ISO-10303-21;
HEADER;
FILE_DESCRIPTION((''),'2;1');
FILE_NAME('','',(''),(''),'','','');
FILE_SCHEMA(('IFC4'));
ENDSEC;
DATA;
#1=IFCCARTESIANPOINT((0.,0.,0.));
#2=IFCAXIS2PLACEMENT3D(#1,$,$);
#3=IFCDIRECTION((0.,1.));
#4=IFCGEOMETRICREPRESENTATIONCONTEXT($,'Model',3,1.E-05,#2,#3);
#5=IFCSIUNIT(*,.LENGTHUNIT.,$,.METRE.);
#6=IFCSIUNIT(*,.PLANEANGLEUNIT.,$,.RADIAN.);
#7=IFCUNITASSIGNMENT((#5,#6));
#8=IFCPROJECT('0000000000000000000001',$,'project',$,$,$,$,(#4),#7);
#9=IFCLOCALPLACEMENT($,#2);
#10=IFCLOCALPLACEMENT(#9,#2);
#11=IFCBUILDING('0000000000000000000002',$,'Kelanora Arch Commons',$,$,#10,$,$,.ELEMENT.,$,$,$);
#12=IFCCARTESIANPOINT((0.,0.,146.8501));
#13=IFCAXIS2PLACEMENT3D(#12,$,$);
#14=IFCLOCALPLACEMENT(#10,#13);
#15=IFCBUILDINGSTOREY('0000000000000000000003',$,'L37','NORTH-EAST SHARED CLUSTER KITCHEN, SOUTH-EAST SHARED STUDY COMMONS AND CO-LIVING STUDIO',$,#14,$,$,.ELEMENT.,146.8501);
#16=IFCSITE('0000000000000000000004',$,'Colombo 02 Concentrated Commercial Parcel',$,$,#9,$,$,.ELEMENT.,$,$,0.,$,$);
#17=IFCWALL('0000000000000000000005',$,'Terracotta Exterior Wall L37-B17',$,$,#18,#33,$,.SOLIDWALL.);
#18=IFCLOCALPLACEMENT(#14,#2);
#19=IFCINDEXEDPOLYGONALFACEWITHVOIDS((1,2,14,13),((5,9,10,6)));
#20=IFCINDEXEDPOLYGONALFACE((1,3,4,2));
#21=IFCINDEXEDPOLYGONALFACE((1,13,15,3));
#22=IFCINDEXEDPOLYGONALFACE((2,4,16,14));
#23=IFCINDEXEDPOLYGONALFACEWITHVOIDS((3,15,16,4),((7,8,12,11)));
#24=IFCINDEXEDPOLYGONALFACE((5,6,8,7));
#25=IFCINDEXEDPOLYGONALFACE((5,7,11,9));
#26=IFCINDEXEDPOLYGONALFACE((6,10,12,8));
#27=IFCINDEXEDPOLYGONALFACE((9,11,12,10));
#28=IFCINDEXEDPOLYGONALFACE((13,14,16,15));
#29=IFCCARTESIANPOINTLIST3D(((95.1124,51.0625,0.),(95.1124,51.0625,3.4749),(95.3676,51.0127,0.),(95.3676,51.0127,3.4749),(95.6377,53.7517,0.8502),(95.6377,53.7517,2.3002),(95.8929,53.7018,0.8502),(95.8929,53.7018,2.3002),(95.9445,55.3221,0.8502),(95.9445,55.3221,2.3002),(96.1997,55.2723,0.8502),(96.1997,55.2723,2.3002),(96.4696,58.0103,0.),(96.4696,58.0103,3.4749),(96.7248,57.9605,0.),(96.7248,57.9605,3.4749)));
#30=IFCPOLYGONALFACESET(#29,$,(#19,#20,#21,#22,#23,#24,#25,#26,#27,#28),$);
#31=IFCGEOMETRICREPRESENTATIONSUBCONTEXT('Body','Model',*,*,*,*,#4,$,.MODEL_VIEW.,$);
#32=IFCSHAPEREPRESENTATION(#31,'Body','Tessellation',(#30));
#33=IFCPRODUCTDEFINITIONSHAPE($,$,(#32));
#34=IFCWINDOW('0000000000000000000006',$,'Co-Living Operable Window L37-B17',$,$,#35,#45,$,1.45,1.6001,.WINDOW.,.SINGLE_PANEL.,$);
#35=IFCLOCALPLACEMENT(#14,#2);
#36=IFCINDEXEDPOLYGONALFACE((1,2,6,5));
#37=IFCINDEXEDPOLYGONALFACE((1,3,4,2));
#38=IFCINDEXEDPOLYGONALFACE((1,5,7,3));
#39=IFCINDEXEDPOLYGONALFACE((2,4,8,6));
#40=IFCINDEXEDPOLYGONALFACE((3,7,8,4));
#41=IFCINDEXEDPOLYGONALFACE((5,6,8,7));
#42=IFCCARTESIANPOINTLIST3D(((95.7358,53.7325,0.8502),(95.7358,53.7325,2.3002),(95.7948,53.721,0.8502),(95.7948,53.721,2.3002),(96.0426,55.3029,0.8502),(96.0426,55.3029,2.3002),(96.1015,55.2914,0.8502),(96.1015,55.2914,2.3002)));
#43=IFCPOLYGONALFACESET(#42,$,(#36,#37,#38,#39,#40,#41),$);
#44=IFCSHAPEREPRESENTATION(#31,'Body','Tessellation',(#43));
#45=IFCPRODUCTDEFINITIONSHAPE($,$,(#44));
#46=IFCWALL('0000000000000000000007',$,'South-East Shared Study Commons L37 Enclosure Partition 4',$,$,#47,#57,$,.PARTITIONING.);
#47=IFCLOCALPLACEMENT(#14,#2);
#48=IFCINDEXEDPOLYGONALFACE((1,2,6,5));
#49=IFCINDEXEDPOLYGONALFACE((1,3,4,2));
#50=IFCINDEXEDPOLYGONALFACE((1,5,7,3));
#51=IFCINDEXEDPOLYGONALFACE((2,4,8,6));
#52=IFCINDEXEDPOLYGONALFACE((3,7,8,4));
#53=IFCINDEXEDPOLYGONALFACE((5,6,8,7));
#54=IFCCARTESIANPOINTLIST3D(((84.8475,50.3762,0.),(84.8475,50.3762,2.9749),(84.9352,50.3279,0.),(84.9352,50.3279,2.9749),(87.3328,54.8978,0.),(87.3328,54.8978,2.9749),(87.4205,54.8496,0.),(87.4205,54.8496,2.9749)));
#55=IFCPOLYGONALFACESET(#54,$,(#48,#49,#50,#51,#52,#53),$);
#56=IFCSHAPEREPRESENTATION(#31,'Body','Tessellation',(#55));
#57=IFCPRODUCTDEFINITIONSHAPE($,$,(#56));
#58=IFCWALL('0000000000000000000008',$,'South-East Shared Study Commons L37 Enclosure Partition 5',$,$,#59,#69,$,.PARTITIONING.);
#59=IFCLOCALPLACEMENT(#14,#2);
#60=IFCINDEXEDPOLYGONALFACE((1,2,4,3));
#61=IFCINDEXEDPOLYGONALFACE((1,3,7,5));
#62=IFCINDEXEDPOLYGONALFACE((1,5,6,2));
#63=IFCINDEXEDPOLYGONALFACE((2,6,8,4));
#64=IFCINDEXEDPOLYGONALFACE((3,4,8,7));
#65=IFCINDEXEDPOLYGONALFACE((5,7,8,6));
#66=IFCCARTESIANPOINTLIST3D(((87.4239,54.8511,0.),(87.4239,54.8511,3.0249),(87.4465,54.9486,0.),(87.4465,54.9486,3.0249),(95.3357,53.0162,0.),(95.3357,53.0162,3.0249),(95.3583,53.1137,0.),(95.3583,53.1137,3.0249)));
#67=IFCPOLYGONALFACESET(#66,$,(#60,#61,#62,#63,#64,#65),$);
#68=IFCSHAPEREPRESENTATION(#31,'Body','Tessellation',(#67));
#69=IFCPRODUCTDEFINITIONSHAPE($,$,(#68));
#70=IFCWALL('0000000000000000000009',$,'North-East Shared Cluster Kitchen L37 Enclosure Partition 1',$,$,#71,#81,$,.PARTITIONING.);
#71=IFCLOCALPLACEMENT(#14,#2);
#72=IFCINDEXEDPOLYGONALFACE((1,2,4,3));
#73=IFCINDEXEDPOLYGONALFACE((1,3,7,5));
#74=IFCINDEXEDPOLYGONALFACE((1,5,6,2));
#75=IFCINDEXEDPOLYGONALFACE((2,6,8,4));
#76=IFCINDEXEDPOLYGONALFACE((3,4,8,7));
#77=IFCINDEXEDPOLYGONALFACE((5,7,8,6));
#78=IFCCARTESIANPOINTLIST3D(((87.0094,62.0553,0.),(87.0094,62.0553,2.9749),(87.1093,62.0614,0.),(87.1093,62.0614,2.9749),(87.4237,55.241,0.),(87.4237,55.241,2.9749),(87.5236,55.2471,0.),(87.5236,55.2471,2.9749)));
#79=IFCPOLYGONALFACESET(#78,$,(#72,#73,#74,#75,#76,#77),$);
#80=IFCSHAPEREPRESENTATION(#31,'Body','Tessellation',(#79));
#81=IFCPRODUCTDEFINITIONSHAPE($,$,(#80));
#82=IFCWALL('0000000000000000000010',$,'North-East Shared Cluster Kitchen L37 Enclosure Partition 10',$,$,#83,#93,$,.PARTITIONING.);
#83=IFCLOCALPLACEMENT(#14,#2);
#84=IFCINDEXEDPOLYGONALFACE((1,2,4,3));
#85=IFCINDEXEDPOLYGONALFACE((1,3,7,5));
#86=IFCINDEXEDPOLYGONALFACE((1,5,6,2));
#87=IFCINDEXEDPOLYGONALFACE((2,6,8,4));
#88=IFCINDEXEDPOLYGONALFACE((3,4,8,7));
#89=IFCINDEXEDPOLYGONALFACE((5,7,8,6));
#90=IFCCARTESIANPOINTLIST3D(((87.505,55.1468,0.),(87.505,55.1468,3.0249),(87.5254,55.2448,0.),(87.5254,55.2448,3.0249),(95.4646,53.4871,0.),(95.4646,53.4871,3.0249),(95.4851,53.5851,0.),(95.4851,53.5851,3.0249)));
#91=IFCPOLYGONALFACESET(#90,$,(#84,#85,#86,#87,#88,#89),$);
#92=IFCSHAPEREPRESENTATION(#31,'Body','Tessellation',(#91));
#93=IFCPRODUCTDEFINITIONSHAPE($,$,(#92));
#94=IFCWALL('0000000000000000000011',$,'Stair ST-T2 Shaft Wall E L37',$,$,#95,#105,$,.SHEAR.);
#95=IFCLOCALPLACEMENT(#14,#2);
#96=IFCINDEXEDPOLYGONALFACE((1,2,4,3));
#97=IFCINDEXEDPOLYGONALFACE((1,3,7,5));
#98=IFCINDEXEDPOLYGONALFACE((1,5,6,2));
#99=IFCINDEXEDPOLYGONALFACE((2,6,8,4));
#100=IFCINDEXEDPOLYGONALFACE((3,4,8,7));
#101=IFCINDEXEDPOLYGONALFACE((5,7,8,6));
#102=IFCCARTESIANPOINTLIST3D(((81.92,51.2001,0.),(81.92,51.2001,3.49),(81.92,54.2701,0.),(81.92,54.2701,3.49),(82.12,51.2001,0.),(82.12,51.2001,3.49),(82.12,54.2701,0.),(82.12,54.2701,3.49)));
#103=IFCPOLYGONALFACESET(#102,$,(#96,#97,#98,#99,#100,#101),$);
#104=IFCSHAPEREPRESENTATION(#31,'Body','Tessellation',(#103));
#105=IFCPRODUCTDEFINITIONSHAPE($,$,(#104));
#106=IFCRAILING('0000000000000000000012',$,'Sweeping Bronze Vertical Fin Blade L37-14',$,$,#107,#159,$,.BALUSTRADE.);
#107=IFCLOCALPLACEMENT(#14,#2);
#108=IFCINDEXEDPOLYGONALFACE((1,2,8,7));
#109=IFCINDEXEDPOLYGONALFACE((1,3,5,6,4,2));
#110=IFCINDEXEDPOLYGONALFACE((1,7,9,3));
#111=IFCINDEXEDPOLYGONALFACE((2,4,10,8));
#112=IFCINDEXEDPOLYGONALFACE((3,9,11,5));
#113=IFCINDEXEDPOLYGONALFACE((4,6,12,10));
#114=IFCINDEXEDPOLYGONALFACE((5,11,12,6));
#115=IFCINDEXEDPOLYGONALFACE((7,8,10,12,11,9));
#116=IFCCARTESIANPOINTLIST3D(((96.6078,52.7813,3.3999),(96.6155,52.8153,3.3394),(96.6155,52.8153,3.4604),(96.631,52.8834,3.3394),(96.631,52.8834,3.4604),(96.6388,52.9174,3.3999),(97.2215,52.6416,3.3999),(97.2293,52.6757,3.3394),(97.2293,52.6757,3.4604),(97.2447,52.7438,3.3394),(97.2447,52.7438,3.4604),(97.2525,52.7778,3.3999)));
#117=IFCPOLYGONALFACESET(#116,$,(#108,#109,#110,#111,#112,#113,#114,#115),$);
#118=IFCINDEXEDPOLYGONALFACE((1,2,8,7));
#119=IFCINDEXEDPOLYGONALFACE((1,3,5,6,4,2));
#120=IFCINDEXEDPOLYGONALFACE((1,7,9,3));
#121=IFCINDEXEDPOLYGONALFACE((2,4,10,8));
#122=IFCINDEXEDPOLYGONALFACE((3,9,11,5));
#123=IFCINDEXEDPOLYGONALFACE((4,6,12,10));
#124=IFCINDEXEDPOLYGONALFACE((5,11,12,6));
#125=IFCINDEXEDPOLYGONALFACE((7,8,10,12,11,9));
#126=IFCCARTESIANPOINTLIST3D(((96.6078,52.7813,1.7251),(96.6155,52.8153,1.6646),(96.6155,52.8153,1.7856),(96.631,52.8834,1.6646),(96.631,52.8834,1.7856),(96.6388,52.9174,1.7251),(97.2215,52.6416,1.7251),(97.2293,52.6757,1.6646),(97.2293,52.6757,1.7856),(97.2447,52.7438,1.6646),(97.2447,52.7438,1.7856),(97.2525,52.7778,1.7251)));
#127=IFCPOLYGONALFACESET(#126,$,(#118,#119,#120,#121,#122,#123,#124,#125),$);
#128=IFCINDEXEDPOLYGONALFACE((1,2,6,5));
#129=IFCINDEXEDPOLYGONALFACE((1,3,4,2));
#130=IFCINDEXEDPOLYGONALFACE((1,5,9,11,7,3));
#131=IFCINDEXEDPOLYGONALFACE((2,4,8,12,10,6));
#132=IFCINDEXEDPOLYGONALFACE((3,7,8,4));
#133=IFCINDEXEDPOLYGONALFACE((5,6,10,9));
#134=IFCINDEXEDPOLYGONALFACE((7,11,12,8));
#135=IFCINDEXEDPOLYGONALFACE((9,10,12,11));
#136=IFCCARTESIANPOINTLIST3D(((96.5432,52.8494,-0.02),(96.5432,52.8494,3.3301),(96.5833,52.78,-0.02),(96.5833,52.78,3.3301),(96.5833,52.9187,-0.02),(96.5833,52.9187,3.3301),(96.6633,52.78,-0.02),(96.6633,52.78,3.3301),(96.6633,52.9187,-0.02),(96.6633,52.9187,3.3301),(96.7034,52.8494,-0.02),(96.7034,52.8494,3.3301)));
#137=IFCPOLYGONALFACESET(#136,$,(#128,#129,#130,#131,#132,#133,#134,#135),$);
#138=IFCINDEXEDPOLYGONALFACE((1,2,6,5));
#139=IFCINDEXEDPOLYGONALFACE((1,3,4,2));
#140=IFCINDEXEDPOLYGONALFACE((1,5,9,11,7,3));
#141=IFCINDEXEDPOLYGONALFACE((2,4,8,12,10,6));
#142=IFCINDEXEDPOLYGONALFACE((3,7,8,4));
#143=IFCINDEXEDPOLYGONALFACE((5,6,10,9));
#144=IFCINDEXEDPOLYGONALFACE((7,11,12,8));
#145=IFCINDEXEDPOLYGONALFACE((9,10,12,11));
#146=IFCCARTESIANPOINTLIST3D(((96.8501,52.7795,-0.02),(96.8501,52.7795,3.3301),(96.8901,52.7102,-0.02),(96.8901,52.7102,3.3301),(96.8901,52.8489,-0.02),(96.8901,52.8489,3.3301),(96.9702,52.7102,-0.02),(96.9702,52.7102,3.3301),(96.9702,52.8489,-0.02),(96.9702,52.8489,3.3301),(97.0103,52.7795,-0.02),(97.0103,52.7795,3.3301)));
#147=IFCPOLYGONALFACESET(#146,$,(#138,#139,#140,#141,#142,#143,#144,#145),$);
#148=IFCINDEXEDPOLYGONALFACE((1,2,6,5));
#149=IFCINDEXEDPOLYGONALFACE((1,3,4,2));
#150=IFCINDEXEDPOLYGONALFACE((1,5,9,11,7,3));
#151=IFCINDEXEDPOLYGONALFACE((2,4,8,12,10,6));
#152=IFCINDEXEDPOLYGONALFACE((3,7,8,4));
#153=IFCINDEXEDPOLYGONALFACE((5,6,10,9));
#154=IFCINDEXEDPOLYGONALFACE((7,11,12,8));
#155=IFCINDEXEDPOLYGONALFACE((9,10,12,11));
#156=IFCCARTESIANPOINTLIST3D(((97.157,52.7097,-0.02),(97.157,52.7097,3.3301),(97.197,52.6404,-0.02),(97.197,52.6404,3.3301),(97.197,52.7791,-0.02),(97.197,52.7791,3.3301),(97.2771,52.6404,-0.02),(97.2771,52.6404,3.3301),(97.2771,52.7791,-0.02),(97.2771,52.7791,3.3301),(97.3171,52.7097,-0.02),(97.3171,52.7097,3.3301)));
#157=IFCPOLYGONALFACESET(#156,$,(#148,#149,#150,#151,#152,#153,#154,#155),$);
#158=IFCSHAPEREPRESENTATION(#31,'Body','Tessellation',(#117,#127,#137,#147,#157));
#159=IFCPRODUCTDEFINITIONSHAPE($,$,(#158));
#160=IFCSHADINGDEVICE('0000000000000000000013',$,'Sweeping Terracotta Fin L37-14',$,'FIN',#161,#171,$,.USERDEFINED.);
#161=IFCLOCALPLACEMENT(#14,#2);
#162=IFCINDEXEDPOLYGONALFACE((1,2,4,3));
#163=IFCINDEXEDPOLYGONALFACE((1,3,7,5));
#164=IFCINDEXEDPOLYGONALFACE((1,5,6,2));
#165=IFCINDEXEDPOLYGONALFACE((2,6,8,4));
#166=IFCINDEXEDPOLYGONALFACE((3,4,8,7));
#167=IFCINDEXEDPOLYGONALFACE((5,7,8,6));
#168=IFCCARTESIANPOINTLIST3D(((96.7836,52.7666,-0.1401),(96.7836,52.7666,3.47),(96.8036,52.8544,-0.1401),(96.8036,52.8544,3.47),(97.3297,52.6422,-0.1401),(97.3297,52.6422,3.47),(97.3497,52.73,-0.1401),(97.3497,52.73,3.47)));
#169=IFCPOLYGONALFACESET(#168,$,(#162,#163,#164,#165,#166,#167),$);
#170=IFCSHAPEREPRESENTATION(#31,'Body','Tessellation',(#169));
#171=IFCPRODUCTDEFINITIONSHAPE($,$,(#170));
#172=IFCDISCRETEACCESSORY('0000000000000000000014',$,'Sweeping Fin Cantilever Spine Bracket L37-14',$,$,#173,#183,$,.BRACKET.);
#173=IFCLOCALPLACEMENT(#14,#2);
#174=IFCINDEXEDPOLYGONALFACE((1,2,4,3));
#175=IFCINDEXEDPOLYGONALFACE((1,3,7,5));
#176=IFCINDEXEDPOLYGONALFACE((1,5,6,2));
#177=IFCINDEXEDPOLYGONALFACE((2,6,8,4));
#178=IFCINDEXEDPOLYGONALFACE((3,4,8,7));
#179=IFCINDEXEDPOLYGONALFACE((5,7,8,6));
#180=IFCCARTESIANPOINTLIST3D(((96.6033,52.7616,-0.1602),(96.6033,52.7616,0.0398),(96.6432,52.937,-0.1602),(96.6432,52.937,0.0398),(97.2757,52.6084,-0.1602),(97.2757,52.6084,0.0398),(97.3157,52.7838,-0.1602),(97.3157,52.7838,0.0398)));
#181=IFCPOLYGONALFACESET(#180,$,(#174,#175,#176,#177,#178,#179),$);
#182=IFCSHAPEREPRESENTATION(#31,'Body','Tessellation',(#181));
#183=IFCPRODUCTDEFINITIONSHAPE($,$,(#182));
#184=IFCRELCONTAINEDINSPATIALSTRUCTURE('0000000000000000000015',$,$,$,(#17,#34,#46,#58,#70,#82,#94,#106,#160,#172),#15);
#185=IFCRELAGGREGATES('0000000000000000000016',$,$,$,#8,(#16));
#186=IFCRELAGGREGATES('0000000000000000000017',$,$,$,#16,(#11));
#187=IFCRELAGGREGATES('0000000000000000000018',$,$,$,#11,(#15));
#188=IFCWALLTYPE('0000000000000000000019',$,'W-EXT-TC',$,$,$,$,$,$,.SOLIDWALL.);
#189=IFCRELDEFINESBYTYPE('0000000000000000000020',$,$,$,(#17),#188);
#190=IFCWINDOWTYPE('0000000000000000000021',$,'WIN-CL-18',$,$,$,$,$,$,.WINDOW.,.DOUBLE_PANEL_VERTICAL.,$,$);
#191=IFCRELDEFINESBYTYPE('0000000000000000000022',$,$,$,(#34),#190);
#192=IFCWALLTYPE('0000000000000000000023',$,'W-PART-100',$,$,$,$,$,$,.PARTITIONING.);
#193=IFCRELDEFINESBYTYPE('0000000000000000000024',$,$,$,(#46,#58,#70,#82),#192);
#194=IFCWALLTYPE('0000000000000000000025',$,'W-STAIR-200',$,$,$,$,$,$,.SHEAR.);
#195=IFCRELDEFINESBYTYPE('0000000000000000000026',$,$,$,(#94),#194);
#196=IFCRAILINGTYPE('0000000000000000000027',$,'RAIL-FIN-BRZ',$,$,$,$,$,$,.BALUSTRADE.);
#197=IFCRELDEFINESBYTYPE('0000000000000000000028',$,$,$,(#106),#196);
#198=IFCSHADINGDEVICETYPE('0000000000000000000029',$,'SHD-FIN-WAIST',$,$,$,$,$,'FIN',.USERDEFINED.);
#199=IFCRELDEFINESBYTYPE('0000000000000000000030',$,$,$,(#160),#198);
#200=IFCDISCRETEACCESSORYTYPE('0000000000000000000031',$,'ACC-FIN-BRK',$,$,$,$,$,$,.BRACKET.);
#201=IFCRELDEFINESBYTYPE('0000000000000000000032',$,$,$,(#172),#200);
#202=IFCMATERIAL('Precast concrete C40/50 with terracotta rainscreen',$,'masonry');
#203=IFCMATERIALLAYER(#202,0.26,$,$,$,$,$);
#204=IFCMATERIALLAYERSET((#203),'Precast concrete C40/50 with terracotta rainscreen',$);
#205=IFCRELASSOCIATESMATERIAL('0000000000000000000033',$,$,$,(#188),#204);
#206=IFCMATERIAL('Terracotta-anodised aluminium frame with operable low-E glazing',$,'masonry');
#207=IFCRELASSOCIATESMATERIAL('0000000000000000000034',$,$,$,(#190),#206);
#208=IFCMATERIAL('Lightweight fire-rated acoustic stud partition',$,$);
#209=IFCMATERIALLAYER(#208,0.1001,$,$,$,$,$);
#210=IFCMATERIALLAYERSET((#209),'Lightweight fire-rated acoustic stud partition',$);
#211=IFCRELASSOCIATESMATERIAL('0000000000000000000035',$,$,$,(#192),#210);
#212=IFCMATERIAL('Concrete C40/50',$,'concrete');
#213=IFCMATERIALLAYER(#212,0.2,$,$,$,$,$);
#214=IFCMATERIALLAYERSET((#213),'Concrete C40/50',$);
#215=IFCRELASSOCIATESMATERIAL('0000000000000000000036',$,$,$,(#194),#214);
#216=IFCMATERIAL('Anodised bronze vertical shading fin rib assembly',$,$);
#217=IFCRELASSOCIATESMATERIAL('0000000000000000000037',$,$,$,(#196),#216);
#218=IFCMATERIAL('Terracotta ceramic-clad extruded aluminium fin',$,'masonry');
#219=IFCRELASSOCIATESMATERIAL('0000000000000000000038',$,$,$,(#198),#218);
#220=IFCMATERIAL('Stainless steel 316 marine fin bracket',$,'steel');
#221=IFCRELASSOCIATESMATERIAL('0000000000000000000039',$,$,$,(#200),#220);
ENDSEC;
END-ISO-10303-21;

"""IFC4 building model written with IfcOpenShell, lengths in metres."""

from ifc_helpers import new_model, si_unit, direction, frame, frame_2d, origin, origin_2d, place, context, subcontext, project, spatial, polyline, rectangle, outline, extrude, source, transform, mapped, material, layer, layer_set, type_object, element, fill, save


model = new_model("IFC4")

# Units and contexts
model_context = context("Model", 3, precision=1e-05, world=origin(), true_north=direction((0.0, 1.0)))
body_context = subcontext(model_context, "Body", "Model", "MODEL_VIEW")
ifc_project = project(units=[si_unit("LENGTHUNIT", "METRE"), si_unit("PLANEANGLEUNIT", "RADIAN")], contexts=[model_context])

# Site, building, storey
site_placement = place(None, origin())
site = spatial("IfcSite", under=ifc_project, at=site_placement, Name="Colombo 02 Concentrated Commercial Parcel", CompositionType="ELEMENT", RefElevation=0.0)
building_placement = place(site_placement, origin())
building = spatial("IfcBuilding", under=site, at=building_placement, Name="Kelanora Arch Commons", CompositionType="ELEMENT")
storey_placement = place(building_placement, frame((0.0, 0.0, 146.8501)))
storey = spatial("IfcBuildingStorey", under=building, at=storey_placement, Name="L37", Description="NORTH-EAST SHARED CLUSTER KITCHEN, SOUTH-EAST SHARED STUDY COMMONS AND CO-LIVING STUDIO", CompositionType="ELEMENT", Elevation=146.8501)

# Wall, opening, window
ifc_material_1 = material(Name="Precast concrete C40/50 with terracotta rainscreen", Category="masonry")
ifc_layer_1 = layer(ifc_material_1, 0.26)
ifc_layer_set_1 = layer_set([ifc_layer_1], Name="Precast concrete C40/50 with terracotta rainscreen")
wall_type_1 = type_object("IfcWallType", Name="W-EXT-TC", PredefinedType="SOLIDWALL", material=ifc_layer_set_1)
wall_1_placement = place(storey_placement, frame((95.24, 51.0376, 0.0), z_axis=(0.0, 0.0, 1.0), x_axis=(0.191717, 0.98145, 0.0)))
wall_1 = element("IfcWall", 1, at=wall_1_placement, inside=storey, type_object=wall_type_1, Name="Terracotta Exterior Wall L37-B17", PredefinedType="SOLIDWALL", context=body_context, shape_type="SweptSolid", body=[
    extrude(rectangle(XDim=7.0791, YDim=0.26, at=frame_2d((3.5396, 0.0))), origin(), (0.0, 0.0, 1.0), 3.4749),
])
opening_placement = place(wall_1_placement, frame((2.74, 0.0, 0.8501)))
opening = element("IfcOpeningElement", 2, at=opening_placement, cuts=wall_1, PredefinedType="OPENING", context=body_context, shape_type="SweptSolid", body=[
    extrude(rectangle(XDim=1.6001, YDim=1.45, at=frame_2d((0.8, 0.7251))), frame((0.0, 0.1401, 0.0), z_axis=(0.0, -1.0, 0.0), x_axis=(1.0, 0.0, 0.0)), (0.0, 0.0, 1.0), 0.28),
])
ifc_material_2 = material(Name="Terracotta-anodised aluminium frame with operable low-E glazing", Category="masonry")
window_type = type_object("IfcWindowType", Name="WIN-CL-18", PartitioningType="DOUBLE_PANEL_VERTICAL", PredefinedType="WINDOW", material=ifc_material_2)
window_placement = place(opening_placement, origin())
window = element("IfcWindow", 3, at=window_placement, inside=storey, type_object=window_type, Name="Co-Living Operable Window L37-B17", OverallHeight=1.45, OverallWidth=1.6001, PartitioningType="SINGLE_PANEL", PredefinedType="WINDOW", context=body_context, shape_type="SweptSolid", body=[
    extrude(rectangle(XDim=1.6001, YDim=1.45, at=frame_2d((0.8, 0.7251))), frame((0.0, 0.03, 0.0), z_axis=(0.0, -1.0, 0.0), x_axis=(1.0, 0.0, 0.0)), (0.0, 0.0, 1.0), 0.0601),
])
fill(opening, window)

# Walls
ifc_material_3 = material(Name="Lightweight fire-rated acoustic stud partition")
ifc_layer_2 = layer(ifc_material_3, 0.1001)
ifc_layer_set_2 = layer_set([ifc_layer_2], Name="Lightweight fire-rated acoustic stud partition")
wall_type_2 = type_object("IfcWallType", Name="W-PART-100", PredefinedType="PARTITIONING", material=ifc_layer_set_2)
wall_2_placement = place(storey_placement, frame((84.8914, 50.3521, 0.0), z_axis=(0.0, 0.0, 1.0), x_axis=(0.481681, 0.876347, 0.0)))
element("IfcWall", 4, at=wall_2_placement, inside=storey, type_object=wall_type_2, Name="South-East Shared Study Commons L37 Enclosure Partition 4", PredefinedType="PARTITIONING", context=body_context, shape_type="SweptSolid", body=[
    extrude(rectangle(XDim=5.1597, YDim=0.1001, at=frame_2d((2.5798, 0.0))), origin(), (0.0, 0.0, 1.0), 2.9749),
])
wall_3_placement = place(storey_placement, frame((87.4351, 54.8999, 0.0), z_axis=(0.0, 0.0, 1.0), x_axis=(0.974144, -0.225929, 0.0)))
element("IfcWall", 5, at=wall_3_placement, inside=storey, type_object=wall_type_2, Name="South-East Shared Study Commons L37 Enclosure Partition 5", PredefinedType="PARTITIONING", context=body_context, shape_type="SweptSolid", body=[
    extrude(rectangle(XDim=8.1218, YDim=0.1001, at=frame_2d((4.061, 0.0))), origin(), (0.0, 0.0, 1.0), 3.0249),
])
wall_4_placement = place(storey_placement, frame((87.4736, 55.2439, 0.0), z_axis=(0.0, 0.0, 1.0), x_axis=(-0.060688, 0.998157, 0.0)))
element("IfcWall", 6, at=wall_4_placement, inside=storey, type_object=wall_type_2, Name="North-East Shared Cluster Kitchen L37 Enclosure Partition 1", PredefinedType="PARTITIONING", context=body_context, shape_type="SweptSolid", body=[
    extrude(rectangle(XDim=6.8269, YDim=0.1001, at=frame_2d((3.4136, 0.0))), origin(), (0.0, 0.0, 1.0), 2.9749),
])
wall_5_placement = place(storey_placement, frame((95.4749, 53.5361, 0.0), z_axis=(0.0, 0.0, 1.0), x_axis=(-0.978946, 0.204119, 0.0)))
element("IfcWall", 7, at=wall_5_placement, inside=storey, type_object=wall_type_2, Name="North-East Shared Cluster Kitchen L37 Enclosure Partition 10", PredefinedType="PARTITIONING", context=body_context, shape_type="SweptSolid", body=[
    extrude(rectangle(XDim=8.1309, YDim=0.1001, at=frame_2d((4.0654, 0.0))), origin(), (0.0, 0.0, 1.0), 3.0249),
])
ifc_material_4 = material(Name="Concrete C40/50", Category="concrete")
ifc_layer_3 = layer(ifc_material_4, 0.2)
ifc_layer_set_3 = layer_set([ifc_layer_3], Name="Concrete C40/50")
wall_type_3 = type_object("IfcWallType", Name="W-STAIR-200", PredefinedType="SHEAR", material=ifc_layer_set_3)
wall_6_placement = place(storey_placement, frame((82.02, 51.2, 0.0), z_axis=(0.0, 0.0, 1.0), x_axis=(0.0, 1.0, 0.0)))
element("IfcWall", 8, at=wall_6_placement, inside=storey, type_object=wall_type_3, Name="Stair ST-T2 Shaft Wall E L37", PredefinedType="SHEAR", context=body_context, shape_type="SweptSolid", body=[
    extrude(rectangle(XDim=3.0701, YDim=0.2, at=frame_2d((1.5352, 0.0))), origin(), (0.0, 0.0, 1.0), 3.49),
])

# Railing
ifc_material_5 = material(Name="Anodised bronze vertical shading fin rib assembly")
railing_type = type_object("IfcRailingType", Name="RAIL-FIN-BRZ", PredefinedType="BALUSTRADE", material=ifc_material_5)
railing_placement = place(storey_placement, frame((96.6233, 52.8494, -0.02)))
element("IfcRailing", 9, at=railing_placement, inside=storey, type_object=railing_type, Name="Sweeping Bronze Vertical Fin Blade L37-14", PredefinedType="BALUSTRADE", context=body_context, shape_type="SweptSolid", body=[
    extrude(outline(polyline([(0.0698, 0.0), (0.0349, 0.0605), (-0.0349, 0.0605), (-0.0698, 0.0), (-0.0349, -0.0605), (0.0349, -0.0605), (0.0698, 0.0)])), frame((0.0, 0.0, 3.4199), z_axis=(0.975079, -0.221856, 0.0), x_axis=(0.221856, 0.975079, 0.0)), (0.0, 0.0, 1.0), 0.6294),
    extrude(outline(polyline([(0.0698, 0.0), (0.0349, 0.0605), (-0.0349, 0.0605), (-0.0698, 0.0), (-0.0349, -0.0605), (0.0349, -0.0605), (0.0698, 0.0)])), frame((0.0, 0.0, 1.7451), z_axis=(0.975079, -0.221856, 0.0), x_axis=(0.221856, 0.975079, 0.0)), (0.0, 0.0, 1.0), 0.6294),
    extrude(outline(polyline([(0.0801, 0.0), (0.04, 0.0693), (-0.04, 0.0693), (-0.0801, 0.0), (-0.04, -0.0693), (0.04, -0.0693), (0.0801, 0.0)])), origin(), (0.0, 0.0, 1.0), 3.3501),
    extrude(outline(polyline([(0.0801, 0.0), (0.04, 0.0693), (-0.04, 0.0693), (-0.0801, 0.0), (-0.04, -0.0693), (0.04, -0.0693), (0.0801, 0.0)])), frame((0.3069, -0.0698, 0.0)), (0.0, 0.0, 1.0), 3.3501),
    extrude(outline(polyline([(0.0801, 0.0), (0.04, 0.0693), (-0.04, 0.0693), (-0.0801, 0.0), (-0.04, -0.0693), (0.04, -0.0693), (0.0801, 0.0)])), frame((0.6138, -0.1396, 0.0)), (0.0, 0.0, 1.0), 3.3501),
])

# Shading device
ifc_material_6 = material(Name="Terracotta ceramic-clad extruded aluminium fin", Category="masonry")
shading_device_type = type_object("IfcShadingDeviceType", Name="SHD-FIN-WAIST", ElementType="FIN", PredefinedType="USERDEFINED", material=ifc_material_6)
shared_shape_1 = source(origin(), body_context, "Body", "SweptSolid", [
    extrude(rectangle(XDim=0.5601, YDim=0.0901, at=origin_2d()), origin(), (0.0, 0.0, 1.0), 3.6101),
])
shading_device_placement = place(storey_placement, frame((97.0667, 52.7483, -0.1401), z_axis=(0.0, 0.0, 1.0), x_axis=(0.975033, -0.222059, 0.0)))
element("IfcShadingDevice", 10, at=shading_device_placement, inside=storey, type_object=shading_device_type, Name="Sweeping Terracotta Fin L37-14", ObjectType="FIN", PredefinedType="USERDEFINED", context=body_context, shape_type="MappedRepresentation", body=[
    mapped(shared_shape_1, transform((0.0, 0.0, 0.0), scale=1.0)),
])

# Discrete accessory
ifc_material_7 = material(Name="Stainless steel 316 marine fin bracket", Category="steel")
discrete_accessory_type = type_object("IfcDiscreteAccessoryType", Name="ACC-FIN-BRK", PredefinedType="BRACKET", material=ifc_material_7)
shared_shape_2 = source(origin(), body_context, "Body", "SweptSolid", [
    extrude(rectangle(XDim=0.6897, YDim=0.1799, at=origin_2d()), origin(), (0.0, 0.0, 1.0), 0.2),
])
discrete_accessory_placement = place(storey_placement, frame((96.9595, 52.7727, -0.1602), z_axis=(0.0, 0.0, 1.0), x_axis=(0.975033, -0.222059, 0.0)))
element("IfcDiscreteAccessory", 11, at=discrete_accessory_placement, inside=storey, type_object=discrete_accessory_type, Name="Sweeping Fin Cantilever Spine Bracket L37-14", PredefinedType="BRACKET", context=body_context, shape_type="MappedRepresentation", body=[
    mapped(shared_shape_2, transform((0.0, 0.0, 0.0), scale=1.0)),
])

save(model, "model.ifc")
